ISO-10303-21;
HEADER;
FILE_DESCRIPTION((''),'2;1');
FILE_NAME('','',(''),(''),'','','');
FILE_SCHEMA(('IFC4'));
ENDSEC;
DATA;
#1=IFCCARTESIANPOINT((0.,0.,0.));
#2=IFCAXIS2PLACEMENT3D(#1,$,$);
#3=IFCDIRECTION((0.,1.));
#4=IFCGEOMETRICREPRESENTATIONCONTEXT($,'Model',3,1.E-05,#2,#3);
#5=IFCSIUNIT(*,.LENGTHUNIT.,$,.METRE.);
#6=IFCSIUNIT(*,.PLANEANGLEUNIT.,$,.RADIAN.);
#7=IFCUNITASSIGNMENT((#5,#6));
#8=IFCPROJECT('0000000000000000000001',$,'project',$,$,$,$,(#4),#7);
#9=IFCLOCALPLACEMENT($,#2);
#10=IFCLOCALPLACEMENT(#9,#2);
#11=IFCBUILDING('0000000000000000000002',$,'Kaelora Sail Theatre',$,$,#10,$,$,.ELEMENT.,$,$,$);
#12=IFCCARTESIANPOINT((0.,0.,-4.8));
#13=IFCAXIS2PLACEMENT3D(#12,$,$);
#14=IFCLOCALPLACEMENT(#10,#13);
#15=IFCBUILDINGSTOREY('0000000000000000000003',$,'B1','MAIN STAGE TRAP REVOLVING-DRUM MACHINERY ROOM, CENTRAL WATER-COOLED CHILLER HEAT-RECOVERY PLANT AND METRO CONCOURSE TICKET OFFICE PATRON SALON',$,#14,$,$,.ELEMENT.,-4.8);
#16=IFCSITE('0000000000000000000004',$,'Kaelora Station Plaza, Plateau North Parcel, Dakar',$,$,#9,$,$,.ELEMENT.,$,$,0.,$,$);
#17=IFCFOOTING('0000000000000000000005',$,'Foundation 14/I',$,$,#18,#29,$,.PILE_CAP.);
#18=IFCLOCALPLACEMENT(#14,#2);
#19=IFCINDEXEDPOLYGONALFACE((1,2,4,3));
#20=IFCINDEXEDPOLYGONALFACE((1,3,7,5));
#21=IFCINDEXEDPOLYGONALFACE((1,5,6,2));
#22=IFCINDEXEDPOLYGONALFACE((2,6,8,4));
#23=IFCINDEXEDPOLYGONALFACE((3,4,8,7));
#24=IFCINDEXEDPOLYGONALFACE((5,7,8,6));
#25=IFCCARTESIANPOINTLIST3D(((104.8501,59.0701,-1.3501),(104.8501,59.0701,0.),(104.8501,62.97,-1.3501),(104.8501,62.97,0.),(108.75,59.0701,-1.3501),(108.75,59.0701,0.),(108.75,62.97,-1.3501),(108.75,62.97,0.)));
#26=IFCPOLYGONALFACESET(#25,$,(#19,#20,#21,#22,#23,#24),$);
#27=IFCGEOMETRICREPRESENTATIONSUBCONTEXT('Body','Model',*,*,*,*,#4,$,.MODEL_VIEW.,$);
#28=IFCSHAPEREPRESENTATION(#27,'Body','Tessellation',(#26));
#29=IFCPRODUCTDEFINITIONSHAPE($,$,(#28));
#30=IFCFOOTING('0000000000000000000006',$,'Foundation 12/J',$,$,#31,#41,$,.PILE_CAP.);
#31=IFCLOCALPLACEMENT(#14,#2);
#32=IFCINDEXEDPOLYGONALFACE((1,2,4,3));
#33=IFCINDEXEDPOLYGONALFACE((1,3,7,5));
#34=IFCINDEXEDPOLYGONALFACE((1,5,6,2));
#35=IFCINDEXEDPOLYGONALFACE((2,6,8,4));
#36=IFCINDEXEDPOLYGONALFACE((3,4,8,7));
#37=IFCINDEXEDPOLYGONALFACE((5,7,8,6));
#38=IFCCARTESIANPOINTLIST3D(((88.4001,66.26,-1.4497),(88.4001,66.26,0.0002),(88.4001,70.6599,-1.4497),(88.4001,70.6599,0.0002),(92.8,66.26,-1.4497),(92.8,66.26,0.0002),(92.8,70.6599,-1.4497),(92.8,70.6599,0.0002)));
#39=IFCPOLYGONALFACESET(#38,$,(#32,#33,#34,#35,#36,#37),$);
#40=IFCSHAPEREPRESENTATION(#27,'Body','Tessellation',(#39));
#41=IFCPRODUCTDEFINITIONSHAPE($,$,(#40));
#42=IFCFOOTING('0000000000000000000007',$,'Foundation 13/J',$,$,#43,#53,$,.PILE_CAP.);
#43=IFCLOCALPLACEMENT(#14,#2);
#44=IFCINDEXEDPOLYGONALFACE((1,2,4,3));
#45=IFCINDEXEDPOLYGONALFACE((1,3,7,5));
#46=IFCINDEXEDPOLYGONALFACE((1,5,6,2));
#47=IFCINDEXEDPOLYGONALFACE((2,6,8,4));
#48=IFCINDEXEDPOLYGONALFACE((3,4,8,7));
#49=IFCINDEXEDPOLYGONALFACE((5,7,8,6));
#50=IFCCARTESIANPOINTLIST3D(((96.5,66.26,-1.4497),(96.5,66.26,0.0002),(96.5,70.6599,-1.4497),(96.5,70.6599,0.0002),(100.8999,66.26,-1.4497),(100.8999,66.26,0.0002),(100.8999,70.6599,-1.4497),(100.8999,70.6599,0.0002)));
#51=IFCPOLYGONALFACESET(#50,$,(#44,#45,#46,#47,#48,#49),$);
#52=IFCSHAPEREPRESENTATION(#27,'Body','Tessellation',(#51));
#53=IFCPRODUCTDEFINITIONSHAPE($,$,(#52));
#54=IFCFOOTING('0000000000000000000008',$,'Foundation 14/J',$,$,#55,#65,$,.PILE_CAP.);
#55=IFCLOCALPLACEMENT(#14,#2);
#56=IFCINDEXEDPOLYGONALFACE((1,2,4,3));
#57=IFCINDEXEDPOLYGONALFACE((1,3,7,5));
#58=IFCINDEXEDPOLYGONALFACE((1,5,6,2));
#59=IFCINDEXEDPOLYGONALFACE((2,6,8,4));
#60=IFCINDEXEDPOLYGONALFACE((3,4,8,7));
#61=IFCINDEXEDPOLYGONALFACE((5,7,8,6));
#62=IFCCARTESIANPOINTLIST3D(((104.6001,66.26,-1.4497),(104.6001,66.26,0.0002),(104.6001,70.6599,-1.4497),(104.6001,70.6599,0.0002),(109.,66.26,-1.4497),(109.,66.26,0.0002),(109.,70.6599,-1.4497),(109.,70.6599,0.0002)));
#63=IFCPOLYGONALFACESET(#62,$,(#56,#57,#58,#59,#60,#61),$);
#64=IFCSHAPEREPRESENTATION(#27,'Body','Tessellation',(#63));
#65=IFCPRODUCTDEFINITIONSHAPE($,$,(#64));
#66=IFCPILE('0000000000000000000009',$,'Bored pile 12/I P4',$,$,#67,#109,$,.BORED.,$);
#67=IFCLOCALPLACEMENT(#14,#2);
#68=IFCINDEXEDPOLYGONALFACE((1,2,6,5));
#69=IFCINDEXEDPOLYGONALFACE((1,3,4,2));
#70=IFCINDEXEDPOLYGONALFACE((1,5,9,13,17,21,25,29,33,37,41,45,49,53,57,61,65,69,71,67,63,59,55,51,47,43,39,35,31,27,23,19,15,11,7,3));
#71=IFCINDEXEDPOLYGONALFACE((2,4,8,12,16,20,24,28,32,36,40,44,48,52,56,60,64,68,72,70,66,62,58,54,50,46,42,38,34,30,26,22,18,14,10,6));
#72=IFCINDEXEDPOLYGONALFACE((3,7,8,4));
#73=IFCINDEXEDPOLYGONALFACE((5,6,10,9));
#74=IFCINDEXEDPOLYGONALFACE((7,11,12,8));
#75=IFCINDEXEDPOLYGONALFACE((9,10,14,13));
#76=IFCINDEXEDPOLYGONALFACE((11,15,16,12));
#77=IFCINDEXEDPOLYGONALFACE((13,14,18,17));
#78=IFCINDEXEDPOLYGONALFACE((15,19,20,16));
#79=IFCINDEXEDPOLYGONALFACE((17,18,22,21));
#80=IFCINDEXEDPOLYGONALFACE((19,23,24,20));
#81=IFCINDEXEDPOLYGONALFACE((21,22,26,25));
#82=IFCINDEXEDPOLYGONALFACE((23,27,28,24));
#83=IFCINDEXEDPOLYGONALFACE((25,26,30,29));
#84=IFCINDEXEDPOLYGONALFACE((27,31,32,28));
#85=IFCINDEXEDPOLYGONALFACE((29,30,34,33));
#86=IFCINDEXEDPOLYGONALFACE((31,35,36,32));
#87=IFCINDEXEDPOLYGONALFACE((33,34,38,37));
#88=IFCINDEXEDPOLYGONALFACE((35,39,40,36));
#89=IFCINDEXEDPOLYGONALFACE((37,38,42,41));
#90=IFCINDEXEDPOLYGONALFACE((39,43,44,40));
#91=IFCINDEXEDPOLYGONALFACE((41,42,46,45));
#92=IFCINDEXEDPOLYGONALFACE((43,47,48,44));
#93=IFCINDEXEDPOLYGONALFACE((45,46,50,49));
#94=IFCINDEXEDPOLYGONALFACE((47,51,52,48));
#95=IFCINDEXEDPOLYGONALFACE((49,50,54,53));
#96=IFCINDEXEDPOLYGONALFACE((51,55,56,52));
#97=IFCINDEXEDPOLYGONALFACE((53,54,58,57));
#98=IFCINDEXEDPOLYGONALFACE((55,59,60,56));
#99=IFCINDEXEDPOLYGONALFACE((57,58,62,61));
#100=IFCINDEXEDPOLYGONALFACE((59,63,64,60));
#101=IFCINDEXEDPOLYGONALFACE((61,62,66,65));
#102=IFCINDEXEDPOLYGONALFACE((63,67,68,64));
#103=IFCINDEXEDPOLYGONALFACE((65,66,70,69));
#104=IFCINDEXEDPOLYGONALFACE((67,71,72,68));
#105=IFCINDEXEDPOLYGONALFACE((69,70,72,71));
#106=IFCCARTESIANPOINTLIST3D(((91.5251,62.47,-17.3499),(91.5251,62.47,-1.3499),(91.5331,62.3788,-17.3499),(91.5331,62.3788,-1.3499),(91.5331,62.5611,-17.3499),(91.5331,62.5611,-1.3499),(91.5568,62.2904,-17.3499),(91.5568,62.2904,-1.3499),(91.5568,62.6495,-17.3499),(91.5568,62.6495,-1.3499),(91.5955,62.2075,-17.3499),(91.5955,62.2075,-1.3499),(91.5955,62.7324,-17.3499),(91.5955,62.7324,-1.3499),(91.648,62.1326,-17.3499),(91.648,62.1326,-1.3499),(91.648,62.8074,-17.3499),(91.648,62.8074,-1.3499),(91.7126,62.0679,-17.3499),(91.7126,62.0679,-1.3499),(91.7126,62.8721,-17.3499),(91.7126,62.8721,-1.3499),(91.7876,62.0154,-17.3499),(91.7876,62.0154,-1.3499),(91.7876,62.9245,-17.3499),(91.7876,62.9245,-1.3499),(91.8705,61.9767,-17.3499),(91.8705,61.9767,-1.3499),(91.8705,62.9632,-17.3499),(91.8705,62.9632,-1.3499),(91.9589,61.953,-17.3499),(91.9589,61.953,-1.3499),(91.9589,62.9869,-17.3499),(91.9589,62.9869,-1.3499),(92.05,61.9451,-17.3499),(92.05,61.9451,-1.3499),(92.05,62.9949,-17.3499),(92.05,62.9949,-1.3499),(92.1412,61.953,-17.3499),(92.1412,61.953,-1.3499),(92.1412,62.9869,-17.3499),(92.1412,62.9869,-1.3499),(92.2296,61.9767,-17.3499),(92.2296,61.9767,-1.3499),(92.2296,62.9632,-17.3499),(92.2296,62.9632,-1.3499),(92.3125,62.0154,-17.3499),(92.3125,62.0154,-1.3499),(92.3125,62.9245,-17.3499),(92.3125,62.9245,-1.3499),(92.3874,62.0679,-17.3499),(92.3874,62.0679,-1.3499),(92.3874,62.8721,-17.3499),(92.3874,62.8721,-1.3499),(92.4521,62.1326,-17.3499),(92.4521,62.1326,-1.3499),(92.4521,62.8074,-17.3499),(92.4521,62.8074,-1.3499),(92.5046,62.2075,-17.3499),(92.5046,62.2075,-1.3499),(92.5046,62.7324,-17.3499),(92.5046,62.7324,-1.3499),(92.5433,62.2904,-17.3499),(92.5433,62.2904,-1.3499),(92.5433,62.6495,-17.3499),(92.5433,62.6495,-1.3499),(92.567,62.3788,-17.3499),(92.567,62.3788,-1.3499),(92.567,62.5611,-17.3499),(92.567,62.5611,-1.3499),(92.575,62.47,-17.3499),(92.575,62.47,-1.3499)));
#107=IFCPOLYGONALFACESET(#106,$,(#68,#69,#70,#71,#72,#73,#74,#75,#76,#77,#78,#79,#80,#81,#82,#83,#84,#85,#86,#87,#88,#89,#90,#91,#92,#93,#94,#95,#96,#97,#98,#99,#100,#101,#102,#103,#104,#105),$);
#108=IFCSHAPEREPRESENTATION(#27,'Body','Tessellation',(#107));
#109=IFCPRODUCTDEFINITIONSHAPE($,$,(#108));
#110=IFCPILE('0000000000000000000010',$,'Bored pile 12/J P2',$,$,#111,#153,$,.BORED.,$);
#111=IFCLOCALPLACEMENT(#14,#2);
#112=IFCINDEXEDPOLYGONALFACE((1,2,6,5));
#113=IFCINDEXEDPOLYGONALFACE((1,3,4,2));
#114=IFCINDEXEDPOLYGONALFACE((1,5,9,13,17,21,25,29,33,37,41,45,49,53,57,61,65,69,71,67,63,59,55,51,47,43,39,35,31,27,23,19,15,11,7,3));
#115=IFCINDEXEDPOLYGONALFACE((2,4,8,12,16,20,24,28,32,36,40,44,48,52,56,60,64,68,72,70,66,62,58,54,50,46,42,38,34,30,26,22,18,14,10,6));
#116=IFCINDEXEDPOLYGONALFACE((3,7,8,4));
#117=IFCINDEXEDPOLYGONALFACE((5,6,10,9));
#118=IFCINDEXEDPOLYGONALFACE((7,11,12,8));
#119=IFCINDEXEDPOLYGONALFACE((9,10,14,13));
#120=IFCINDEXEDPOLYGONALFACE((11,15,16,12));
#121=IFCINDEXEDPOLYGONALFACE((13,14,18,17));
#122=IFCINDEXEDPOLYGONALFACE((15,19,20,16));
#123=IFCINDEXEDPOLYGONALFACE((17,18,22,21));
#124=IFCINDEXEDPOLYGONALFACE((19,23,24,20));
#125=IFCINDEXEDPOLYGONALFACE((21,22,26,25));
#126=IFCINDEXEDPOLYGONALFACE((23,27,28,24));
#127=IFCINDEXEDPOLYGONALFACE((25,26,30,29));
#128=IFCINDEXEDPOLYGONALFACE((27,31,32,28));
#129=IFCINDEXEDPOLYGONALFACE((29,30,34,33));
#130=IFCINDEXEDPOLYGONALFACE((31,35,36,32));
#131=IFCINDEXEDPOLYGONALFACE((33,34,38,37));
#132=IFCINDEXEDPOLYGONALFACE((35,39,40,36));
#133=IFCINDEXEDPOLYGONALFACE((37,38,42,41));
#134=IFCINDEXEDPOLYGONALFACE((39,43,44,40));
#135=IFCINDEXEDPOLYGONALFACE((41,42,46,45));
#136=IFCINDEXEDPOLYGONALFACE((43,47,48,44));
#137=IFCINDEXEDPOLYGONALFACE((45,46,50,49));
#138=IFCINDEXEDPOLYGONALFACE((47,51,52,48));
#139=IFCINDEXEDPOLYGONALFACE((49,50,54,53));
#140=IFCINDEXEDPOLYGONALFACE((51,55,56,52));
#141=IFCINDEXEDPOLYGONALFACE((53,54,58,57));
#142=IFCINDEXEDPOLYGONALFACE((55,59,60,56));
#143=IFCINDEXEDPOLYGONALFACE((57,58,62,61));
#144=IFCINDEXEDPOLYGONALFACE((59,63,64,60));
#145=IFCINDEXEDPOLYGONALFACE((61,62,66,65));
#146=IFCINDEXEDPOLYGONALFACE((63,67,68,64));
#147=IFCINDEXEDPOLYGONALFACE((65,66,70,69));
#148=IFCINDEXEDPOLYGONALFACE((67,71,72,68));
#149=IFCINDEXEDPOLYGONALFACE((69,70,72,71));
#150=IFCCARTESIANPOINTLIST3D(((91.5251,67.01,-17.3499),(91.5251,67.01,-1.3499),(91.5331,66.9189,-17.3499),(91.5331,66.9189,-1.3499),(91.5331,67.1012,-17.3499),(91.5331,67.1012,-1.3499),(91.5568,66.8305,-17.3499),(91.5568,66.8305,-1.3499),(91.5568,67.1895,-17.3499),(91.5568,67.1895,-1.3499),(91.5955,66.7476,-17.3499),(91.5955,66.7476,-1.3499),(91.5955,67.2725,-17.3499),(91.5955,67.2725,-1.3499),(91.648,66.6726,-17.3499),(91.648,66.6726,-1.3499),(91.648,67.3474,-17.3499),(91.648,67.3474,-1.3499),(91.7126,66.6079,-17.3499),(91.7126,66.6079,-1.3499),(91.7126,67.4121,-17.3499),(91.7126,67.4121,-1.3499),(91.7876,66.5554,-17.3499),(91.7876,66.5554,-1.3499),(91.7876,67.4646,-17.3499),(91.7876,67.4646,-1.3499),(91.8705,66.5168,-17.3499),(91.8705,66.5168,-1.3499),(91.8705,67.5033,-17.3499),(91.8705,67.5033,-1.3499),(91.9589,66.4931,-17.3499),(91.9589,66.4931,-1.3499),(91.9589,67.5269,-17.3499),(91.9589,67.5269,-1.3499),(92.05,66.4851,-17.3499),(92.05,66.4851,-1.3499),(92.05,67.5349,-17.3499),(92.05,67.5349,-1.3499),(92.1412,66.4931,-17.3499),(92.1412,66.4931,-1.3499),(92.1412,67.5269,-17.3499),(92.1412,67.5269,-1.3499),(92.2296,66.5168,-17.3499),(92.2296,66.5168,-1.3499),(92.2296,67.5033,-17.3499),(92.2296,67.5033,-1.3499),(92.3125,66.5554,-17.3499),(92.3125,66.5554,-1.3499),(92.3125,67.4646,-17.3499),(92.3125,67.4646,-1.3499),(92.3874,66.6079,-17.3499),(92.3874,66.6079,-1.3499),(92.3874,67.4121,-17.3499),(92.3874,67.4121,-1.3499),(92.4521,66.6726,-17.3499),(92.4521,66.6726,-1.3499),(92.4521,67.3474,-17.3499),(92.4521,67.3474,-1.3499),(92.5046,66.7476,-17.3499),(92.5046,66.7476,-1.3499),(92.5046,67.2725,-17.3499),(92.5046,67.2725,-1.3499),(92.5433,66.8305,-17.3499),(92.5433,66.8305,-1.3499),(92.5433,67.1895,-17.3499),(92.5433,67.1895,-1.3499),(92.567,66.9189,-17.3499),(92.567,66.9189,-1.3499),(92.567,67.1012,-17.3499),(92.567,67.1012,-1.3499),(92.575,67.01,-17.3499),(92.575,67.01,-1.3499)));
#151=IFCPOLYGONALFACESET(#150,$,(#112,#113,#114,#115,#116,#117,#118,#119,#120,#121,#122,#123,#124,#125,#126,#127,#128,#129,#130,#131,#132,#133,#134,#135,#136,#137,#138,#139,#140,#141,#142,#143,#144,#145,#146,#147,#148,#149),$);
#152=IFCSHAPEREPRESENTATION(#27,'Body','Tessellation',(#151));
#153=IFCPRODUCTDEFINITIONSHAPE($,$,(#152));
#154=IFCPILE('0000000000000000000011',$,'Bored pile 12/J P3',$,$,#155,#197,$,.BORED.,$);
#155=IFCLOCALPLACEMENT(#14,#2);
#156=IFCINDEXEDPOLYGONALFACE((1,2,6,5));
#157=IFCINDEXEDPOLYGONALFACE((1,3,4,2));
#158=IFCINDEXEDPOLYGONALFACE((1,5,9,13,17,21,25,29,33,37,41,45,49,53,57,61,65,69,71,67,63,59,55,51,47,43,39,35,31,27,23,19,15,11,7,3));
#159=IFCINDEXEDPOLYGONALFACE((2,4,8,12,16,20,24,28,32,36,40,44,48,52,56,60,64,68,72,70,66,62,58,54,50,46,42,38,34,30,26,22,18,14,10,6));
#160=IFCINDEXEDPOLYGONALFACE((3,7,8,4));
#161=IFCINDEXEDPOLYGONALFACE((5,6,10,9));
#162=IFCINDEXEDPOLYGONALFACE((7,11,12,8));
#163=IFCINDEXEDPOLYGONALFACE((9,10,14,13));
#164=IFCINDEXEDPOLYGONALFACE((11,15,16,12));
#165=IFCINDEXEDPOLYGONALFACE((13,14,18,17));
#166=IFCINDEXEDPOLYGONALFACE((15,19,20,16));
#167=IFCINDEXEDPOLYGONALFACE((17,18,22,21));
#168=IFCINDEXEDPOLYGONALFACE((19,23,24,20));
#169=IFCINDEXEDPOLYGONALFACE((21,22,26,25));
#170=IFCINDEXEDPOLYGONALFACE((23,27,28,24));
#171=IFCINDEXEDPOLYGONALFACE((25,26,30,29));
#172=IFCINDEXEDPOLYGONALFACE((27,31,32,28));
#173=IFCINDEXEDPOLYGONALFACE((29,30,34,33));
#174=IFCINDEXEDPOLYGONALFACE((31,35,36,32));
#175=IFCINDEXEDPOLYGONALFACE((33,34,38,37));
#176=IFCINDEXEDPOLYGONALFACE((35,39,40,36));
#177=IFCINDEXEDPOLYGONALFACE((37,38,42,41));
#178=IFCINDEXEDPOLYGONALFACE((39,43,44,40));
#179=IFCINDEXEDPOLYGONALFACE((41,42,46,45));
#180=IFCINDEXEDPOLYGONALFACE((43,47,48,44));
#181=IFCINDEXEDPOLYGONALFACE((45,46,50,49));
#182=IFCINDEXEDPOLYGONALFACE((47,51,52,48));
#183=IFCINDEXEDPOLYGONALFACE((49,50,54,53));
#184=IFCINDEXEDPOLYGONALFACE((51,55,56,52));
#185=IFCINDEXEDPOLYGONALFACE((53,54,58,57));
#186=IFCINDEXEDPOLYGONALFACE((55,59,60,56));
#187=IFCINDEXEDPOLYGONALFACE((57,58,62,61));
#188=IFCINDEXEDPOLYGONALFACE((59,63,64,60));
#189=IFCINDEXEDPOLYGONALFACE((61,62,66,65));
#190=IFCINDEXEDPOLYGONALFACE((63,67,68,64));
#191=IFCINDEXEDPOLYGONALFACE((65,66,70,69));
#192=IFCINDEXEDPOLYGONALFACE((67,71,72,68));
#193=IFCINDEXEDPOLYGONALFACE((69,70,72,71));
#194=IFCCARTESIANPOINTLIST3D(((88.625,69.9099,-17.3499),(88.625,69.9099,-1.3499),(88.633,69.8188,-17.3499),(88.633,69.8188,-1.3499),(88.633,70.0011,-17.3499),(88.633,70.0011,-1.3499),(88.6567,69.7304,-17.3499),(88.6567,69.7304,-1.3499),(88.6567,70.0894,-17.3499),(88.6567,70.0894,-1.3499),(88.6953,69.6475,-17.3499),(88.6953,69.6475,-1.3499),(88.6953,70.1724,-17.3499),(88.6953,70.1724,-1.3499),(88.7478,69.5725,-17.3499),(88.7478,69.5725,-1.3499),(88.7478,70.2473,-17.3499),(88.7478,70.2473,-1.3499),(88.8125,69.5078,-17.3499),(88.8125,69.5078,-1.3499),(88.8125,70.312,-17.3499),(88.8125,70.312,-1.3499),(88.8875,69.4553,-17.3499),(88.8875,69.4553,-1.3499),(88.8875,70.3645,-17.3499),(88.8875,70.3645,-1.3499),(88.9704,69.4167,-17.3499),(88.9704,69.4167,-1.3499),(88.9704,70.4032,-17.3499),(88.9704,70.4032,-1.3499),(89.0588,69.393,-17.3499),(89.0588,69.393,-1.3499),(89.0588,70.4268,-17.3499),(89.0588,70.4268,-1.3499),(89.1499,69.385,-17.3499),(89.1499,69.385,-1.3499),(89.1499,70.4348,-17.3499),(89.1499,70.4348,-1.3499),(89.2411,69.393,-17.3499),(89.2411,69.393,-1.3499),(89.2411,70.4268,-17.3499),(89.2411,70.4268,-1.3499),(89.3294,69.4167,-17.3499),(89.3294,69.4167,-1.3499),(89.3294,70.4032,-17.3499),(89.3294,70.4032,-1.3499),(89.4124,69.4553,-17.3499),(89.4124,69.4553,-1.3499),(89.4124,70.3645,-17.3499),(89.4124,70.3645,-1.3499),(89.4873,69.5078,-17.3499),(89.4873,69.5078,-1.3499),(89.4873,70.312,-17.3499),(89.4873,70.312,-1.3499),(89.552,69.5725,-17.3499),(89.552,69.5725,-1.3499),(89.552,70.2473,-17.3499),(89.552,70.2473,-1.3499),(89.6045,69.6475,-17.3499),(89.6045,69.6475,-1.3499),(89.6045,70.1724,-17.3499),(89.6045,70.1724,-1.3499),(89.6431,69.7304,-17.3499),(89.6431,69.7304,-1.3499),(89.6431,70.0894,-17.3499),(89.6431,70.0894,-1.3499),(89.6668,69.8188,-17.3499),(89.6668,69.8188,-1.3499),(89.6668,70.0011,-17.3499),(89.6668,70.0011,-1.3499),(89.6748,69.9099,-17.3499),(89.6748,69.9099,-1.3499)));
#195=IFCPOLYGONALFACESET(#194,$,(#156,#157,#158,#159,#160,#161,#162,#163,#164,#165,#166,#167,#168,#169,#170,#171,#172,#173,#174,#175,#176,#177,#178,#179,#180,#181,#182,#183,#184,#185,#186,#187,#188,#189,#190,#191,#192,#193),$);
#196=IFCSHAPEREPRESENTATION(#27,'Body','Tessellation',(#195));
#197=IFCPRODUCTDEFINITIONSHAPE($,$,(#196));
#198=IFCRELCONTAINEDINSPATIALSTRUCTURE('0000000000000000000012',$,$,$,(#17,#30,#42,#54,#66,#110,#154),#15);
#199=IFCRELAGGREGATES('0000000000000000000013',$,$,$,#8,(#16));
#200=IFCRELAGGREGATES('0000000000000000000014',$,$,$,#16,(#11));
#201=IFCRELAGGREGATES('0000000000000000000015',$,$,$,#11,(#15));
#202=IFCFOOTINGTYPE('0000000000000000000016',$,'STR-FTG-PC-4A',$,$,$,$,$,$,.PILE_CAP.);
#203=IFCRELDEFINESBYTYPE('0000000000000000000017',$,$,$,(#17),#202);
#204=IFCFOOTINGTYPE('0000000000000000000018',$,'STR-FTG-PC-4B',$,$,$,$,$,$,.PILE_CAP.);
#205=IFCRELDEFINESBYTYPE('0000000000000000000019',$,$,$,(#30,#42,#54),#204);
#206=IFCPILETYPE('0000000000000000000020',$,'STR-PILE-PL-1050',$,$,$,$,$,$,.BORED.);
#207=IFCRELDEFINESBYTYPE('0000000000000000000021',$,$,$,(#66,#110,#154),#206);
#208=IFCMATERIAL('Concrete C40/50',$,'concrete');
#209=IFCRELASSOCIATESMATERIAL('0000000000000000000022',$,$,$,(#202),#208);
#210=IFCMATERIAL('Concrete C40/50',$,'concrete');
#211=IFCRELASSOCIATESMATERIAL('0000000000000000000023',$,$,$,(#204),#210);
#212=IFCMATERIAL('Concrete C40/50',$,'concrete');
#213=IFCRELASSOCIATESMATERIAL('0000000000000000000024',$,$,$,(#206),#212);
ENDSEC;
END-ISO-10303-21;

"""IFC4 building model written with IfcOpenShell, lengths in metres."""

from ifc_helpers import new_model, si_unit, direction, frame, origin, origin_2d, place, context, subcontext, project, spatial, rectangle, circle, extrude, material, material_profile, profile_set, type_object, element, save


model = new_model("IFC4")

# Units and contexts
model_context = context("Model", 3, precision=1e-05, world=origin(), true_north=direction((0.0, 1.0)))
body_context = subcontext(model_context, "Body", "Model", "MODEL_VIEW")
ifc_project = project(units=[si_unit("LENGTHUNIT", "METRE"), si_unit("PLANEANGLEUNIT", "RADIAN")], contexts=[model_context])

# Site, building, storey
site_placement = place(None, origin())
site = spatial("IfcSite", under=ifc_project, at=site_placement, Name="Kaelora Station Plaza, Plateau North Parcel, Dakar", CompositionType="ELEMENT", RefElevation=0.0)
building_placement = place(site_placement, origin())
building = spatial("IfcBuilding", under=site, at=building_placement, Name="Kaelora Sail Theatre", CompositionType="ELEMENT")
storey_placement = place(building_placement, frame((0.0, 0.0, -4.8)))
storey = spatial("IfcBuildingStorey", under=building, at=storey_placement, Name="B1", Description="MAIN STAGE TRAP REVOLVING-DRUM MACHINERY ROOM, CENTRAL WATER-COOLED CHILLER HEAT-RECOVERY PLANT AND METRO CONCOURSE TICKET OFFICE PATRON SALON", CompositionType="ELEMENT", Elevation=-4.8)

# Footings
ifc_material_1 = material(Name="Concrete C40/50", Category="concrete")
footing_type_1 = type_object("IfcFootingType", Name="STR-FTG-PC-4A", PredefinedType="PILE_CAP", material=ifc_material_1)
footing_placement = place(storey_placement, frame((106.8, 61.02, -1.3501), z_axis=(0.0, 0.0, 1.0), x_axis=(1.0, 0.0, 0.0)))
element("IfcFooting", 1, at=footing_placement, inside=storey, type_object=footing_type_1, Name="Foundation 14/I", PredefinedType="PILE_CAP", context=body_context, shape_type="SweptSolid", body=[
    extrude(rectangle(XDim=3.8999, YDim=3.8999, at=origin_2d()), origin(), (0.0, 0.0, 1.0), 1.3501),
])
ifc_material_2 = material(Name="Concrete C40/50", Category="concrete")
footing_type_2 = type_object("IfcFootingType", Name="STR-FTG-PC-4B", PredefinedType="PILE_CAP", material=ifc_material_2)
for number, where, z_axis, x_axis, name in (
    (2, (90.6001, 68.46, -1.4497), (0.0, 0.0, 1.0), (1.0, 0.0, 0.0), "Foundation 12/J"),
    (3, (98.7, 68.46, -1.4497), (0.0, 0.0, 1.0), (1.0, 0.0, 0.0), "Foundation 13/J"),
    (4, (106.8, 68.46, -1.4497), (0.0, 0.0, 1.0), (1.0, 0.0, 0.0), "Foundation 14/J"),
):
    element("IfcFooting", number, at=place(storey_placement, frame(where, z_axis=z_axis, x_axis=x_axis)), inside=storey, type_object=footing_type_2, Name=name, PredefinedType="PILE_CAP", context=body_context, shape_type="SweptSolid", body=[
        extrude(rectangle(XDim=4.3999, YDim=4.3999, at=origin_2d()), origin(), (0.0, 0.0, 1.0), 1.45),
    ])

# Piles
ifc_material_3 = material(Name="Concrete C40/50", Category="concrete")
ifc_material_profile_1 = material_profile(ifc_material_3, circle(Radius=0.5249, at=origin_2d()), Name="PILE D1050")
ifc_profile_set_1 = profile_set([ifc_material_profile_1], Name="Concrete C40/50")
pile_type_1 = type_object("IfcPileType", Name="STR-PILE-PL-1050", PredefinedType="BORED", material=ifc_profile_set_1)
for number, where, z_axis, x_axis, name in (
    (5, (92.05, 62.47, -1.3499), (0.0, 0.0, -1.0), (1.0, 0.0, 0.0), "Bored pile 12/I P4"),
    (6, (92.05, 67.01, -1.3499), (0.0, 0.0, -1.0), (1.0, 0.0, 0.0), "Bored pile 12/J P2"),
    (7, (89.1499, 69.9099, -1.3499), (0.0, 0.0, -1.0), (1.0, 0.0, 0.0), "Bored pile 12/J P3"),
):
    element("IfcPile", number, at=place(storey_placement, frame(where, z_axis=z_axis, x_axis=x_axis)), inside=storey, type_object=pile_type_1, Name=name, PredefinedType="BORED", context=body_context, shape_type="SweptSolid", body=[
        extrude(circle(Radius=0.5249, at=origin_2d()), origin(), (0.0, 0.0, 1.0), 16.0),
    ])

save(model, "model.ifc")
